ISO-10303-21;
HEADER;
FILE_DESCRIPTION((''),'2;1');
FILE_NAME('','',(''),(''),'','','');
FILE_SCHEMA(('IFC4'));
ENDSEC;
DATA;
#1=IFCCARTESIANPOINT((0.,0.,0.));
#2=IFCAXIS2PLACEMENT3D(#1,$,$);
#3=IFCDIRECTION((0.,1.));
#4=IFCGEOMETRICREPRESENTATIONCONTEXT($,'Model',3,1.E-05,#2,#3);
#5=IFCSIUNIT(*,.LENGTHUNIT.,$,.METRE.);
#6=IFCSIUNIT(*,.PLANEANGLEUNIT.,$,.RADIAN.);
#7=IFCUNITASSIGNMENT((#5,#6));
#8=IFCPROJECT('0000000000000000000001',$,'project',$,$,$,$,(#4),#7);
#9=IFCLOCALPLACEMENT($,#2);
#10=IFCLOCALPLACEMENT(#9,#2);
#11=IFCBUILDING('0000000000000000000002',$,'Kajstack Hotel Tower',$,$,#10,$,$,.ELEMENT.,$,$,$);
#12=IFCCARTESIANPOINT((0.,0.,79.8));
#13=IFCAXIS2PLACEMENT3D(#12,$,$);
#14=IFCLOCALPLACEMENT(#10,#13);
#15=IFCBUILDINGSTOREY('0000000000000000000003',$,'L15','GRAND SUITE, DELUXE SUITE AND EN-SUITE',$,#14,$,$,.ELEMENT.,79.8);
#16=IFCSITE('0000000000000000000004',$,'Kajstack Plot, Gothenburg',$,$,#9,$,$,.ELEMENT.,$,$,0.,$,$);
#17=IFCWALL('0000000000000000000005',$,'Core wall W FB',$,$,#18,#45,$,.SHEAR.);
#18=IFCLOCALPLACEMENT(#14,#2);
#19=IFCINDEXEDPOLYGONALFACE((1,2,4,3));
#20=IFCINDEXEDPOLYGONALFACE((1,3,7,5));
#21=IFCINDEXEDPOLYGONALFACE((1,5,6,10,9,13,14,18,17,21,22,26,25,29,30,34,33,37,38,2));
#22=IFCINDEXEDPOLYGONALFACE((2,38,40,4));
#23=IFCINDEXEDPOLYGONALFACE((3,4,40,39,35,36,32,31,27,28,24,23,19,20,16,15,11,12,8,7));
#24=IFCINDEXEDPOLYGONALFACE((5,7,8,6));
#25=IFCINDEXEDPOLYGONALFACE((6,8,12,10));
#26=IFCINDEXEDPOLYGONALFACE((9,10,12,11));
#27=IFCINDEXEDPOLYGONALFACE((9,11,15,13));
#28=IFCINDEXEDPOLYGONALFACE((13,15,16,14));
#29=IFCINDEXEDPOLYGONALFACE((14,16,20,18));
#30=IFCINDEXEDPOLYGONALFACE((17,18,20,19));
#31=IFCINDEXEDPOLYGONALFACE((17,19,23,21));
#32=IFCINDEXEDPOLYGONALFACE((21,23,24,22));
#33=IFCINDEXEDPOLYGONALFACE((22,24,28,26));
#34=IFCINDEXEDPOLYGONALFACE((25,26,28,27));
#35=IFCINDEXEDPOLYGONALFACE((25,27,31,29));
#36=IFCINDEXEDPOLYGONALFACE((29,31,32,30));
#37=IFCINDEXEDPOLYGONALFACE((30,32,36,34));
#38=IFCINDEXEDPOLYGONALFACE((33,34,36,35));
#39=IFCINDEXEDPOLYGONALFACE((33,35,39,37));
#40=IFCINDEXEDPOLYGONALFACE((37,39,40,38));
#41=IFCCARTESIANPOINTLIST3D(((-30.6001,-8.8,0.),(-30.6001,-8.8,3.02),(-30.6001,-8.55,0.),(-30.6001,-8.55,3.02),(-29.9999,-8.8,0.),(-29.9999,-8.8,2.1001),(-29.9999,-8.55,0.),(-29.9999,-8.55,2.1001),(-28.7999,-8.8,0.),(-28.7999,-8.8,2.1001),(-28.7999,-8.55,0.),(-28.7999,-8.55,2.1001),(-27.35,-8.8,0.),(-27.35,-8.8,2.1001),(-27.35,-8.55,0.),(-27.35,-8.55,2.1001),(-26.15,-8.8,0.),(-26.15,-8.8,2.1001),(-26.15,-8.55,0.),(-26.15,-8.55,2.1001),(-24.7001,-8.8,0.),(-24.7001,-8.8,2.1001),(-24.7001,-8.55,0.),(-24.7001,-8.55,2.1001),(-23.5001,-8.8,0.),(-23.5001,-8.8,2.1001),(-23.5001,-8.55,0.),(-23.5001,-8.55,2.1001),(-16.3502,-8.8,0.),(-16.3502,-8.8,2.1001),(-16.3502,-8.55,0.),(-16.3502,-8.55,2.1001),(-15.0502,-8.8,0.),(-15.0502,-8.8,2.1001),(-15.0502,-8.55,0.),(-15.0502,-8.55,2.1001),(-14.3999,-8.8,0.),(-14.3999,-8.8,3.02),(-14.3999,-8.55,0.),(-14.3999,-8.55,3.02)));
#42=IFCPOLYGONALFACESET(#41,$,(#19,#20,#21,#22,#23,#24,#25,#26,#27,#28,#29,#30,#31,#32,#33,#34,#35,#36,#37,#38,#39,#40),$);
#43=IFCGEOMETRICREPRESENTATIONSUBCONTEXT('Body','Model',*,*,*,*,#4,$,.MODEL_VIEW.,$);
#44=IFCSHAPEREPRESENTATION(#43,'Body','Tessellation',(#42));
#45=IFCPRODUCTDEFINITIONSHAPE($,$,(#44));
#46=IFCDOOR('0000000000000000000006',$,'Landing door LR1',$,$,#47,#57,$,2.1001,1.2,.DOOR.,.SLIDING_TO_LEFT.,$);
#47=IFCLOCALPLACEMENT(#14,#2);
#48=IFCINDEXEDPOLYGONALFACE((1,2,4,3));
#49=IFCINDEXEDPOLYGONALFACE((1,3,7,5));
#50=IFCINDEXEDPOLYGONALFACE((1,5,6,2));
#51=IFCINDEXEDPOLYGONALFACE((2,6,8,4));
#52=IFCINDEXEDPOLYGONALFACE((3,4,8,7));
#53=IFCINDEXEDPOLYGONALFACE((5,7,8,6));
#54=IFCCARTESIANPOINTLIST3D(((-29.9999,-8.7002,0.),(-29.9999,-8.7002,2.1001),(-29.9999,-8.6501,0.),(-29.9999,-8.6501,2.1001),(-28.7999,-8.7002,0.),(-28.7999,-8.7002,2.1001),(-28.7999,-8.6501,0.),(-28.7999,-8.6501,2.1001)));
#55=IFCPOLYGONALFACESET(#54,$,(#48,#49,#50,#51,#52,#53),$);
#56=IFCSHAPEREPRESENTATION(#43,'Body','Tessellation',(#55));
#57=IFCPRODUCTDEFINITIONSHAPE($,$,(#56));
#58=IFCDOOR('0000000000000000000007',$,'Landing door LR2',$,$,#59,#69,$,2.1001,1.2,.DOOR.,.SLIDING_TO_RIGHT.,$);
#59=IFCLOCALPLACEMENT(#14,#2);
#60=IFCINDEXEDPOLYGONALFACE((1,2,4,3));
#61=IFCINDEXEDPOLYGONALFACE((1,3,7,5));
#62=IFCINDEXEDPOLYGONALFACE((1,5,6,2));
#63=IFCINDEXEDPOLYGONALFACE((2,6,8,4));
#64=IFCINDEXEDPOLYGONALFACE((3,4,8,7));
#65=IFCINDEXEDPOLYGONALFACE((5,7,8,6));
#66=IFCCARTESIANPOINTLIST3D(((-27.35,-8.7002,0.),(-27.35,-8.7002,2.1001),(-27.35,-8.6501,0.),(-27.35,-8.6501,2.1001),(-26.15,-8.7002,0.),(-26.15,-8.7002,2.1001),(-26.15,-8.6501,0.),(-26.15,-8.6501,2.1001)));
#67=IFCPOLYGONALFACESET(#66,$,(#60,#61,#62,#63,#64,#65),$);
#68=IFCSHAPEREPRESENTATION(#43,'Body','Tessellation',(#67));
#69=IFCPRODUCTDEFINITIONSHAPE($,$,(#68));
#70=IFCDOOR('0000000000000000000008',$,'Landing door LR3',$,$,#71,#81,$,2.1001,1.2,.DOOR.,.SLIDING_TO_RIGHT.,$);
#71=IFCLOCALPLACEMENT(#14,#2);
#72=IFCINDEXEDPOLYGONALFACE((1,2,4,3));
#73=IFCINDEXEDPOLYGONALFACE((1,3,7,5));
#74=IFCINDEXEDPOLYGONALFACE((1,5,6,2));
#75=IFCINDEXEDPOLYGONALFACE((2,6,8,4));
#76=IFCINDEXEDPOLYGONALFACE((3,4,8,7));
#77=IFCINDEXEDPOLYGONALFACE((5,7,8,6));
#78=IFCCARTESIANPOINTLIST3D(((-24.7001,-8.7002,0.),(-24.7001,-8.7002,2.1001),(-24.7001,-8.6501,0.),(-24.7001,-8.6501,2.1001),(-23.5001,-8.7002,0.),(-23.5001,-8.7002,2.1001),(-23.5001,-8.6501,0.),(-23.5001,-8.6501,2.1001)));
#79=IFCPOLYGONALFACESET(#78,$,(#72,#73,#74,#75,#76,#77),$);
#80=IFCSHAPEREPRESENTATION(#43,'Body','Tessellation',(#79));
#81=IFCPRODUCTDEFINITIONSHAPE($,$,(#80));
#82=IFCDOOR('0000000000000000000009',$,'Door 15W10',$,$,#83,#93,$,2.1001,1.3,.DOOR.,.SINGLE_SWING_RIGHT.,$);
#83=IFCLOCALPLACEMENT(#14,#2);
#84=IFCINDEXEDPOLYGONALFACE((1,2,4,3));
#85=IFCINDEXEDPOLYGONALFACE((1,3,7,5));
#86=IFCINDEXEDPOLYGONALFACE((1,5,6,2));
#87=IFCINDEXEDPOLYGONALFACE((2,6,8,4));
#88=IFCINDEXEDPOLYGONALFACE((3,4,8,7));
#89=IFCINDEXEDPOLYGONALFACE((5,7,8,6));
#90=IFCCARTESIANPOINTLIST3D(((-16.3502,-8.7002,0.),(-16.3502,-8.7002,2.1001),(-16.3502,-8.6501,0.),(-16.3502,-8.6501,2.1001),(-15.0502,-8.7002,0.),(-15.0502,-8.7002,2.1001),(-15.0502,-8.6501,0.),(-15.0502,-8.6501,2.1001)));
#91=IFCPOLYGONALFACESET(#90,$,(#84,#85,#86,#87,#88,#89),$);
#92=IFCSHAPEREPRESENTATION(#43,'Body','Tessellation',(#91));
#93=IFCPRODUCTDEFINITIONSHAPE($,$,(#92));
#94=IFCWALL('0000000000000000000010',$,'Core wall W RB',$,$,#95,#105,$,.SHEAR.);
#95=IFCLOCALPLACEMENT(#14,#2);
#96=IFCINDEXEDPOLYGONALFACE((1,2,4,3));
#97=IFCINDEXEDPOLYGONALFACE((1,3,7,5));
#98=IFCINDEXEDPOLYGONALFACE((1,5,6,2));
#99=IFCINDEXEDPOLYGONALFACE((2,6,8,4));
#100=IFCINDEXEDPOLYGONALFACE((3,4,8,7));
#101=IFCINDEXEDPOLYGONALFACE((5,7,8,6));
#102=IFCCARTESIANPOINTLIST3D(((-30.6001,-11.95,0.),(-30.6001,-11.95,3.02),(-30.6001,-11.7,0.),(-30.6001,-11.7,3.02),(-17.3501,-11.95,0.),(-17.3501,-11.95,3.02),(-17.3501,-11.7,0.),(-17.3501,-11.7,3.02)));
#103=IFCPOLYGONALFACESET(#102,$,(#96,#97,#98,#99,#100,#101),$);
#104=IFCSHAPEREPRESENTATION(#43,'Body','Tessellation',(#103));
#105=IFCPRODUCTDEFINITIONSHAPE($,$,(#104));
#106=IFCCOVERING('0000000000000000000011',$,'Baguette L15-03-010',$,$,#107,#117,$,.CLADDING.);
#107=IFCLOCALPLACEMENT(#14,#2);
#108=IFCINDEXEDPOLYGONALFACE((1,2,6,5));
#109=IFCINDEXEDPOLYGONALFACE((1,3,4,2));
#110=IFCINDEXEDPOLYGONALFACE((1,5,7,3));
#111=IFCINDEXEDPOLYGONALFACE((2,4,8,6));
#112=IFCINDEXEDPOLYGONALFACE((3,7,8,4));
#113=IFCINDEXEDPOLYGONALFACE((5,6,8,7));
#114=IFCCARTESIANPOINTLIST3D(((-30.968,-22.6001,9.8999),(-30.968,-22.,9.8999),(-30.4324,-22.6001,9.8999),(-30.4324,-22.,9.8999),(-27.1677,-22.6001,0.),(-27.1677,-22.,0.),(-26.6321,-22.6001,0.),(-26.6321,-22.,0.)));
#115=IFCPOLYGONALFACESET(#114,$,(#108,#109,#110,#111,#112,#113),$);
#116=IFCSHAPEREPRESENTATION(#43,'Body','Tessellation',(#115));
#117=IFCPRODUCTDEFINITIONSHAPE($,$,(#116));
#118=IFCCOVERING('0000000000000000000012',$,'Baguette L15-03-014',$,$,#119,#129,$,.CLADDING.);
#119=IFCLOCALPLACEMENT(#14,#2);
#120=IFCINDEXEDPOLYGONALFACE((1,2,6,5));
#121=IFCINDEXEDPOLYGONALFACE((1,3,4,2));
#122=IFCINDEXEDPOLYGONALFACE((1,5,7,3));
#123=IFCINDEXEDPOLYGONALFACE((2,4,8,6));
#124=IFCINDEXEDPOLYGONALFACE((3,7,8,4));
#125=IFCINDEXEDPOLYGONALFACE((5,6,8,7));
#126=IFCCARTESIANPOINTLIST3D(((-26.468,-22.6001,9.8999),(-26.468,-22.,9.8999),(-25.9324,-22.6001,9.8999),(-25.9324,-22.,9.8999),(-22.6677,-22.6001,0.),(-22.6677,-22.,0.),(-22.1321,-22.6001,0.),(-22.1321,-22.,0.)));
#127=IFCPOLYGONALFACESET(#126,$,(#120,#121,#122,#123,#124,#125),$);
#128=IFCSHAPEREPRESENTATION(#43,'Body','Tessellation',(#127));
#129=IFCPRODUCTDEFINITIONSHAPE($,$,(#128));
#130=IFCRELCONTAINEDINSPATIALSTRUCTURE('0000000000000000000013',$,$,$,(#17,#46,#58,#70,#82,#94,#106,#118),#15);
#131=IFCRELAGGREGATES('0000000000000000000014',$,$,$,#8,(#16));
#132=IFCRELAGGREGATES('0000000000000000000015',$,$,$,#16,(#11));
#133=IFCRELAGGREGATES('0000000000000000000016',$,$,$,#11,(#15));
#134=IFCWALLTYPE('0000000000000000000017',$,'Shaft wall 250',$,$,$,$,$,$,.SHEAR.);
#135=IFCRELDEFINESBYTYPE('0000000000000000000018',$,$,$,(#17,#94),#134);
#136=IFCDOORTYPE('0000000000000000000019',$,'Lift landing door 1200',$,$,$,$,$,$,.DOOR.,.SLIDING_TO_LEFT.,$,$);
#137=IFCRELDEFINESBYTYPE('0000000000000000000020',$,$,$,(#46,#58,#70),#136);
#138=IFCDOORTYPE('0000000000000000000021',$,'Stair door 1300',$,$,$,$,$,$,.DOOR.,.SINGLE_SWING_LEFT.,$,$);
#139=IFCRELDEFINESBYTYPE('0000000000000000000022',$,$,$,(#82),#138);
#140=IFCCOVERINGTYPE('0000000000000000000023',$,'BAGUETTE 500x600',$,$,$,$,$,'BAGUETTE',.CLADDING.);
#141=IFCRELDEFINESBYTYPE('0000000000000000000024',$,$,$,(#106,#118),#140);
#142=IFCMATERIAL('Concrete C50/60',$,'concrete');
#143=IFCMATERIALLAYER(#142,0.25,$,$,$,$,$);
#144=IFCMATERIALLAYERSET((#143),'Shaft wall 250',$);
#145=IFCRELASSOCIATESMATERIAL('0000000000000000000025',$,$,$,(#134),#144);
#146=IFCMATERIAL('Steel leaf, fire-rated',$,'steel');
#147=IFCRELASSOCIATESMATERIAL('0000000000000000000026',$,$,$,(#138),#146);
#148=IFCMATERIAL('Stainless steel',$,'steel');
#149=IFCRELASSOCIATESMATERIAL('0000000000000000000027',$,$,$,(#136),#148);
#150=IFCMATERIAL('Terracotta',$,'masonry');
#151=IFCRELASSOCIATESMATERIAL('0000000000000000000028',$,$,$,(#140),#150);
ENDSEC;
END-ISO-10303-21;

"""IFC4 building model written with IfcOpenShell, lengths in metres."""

from ifc_helpers import new_model, si_unit, direction, frame, frame_2d, origin, origin_2d, place, context, subcontext, project, spatial, polyline, rectangle, outline, extrude, material, layer, layer_set, material_profile, profile_set, type_object, element, fill, save


model = new_model("IFC4")

# Units and contexts
model_context = context("Model", 3, precision=1e-05, world=origin(), true_north=direction((0.0, 1.0)))
body_context = subcontext(model_context, "Body", "Model", "MODEL_VIEW")
ifc_project = project(units=[si_unit("LENGTHUNIT", "METRE"), si_unit("PLANEANGLEUNIT", "RADIAN")], contexts=[model_context])

# Site, building, storey
site_placement = place(None, origin())
site = spatial("IfcSite", under=ifc_project, at=site_placement, Name="Kajstack Plot, Gothenburg", CompositionType="ELEMENT", RefElevation=0.0)
building_placement = place(site_placement, origin())
building = spatial("IfcBuilding", under=site, at=building_placement, Name="Kajstack Hotel Tower", CompositionType="ELEMENT")
storey_placement = place(building_placement, frame((0.0, 0.0, 79.8)))
storey = spatial("IfcBuildingStorey", under=building, at=storey_placement, Name="L15", Description="GRAND SUITE, DELUXE SUITE AND EN-SUITE", CompositionType="ELEMENT", Elevation=79.8)

# Shared definitions
ifc_material_1 = material(Name="Stainless steel", Category="steel")

# Shared definitions
ifc_material_2 = material(Name="Concrete C50/60", Category="concrete")
ifc_layer_1 = layer(ifc_material_2, 0.25)
ifc_layer_set_1 = layer_set([ifc_layer_1], Name="Shaft wall 250")
wall_type_1 = type_object("IfcWallType", Name="Shaft wall 250", PredefinedType="SHEAR", material=ifc_layer_set_1)
ifc_material_3 = material(Name="Steel leaf, fire-rated", Category="steel")
door_type_1 = type_object("IfcDoorType", Name="Stair door 1300", OperationType="SINGLE_SWING_LEFT", PredefinedType="DOOR", material=ifc_material_3)

# Wall, openings, doors
wall_1_placement = place(storey_placement, frame((-30.6001, -8.675, 0.0), z_axis=(0.0, 0.0, 1.0), x_axis=(1.0, 0.0, 0.0)))
wall_1 = element("IfcWall", 1, at=wall_1_placement, inside=storey, type_object=wall_type_1, Name="Core wall W FB", PredefinedType="SHEAR", context=body_context, shape_type="SweptSolid", body=[
    extrude(rectangle(XDim=16.2002, YDim=0.25, at=frame_2d((8.1001, 0.0))), origin(), (0.0, 0.0, 1.0), 3.02),
])
opening_1_placement = place(wall_1_placement, frame((0.6001, 0.0, 0.0)))
opening_1 = element("IfcOpeningElement", 2, at=opening_1_placement, cuts=wall_1, PredefinedType="OPENING", context=body_context, shape_type="SweptSolid", body=[
    extrude(rectangle(XDim=1.2, YDim=2.1001, at=frame_2d((0.6001, 1.05))), frame((0.0, 0.135, 0.0), z_axis=(0.0, -1.0, 0.0), x_axis=(1.0, 0.0, 0.0)), (0.0, 0.0, 1.0), 0.27),
])
opening_2_placement = place(wall_1_placement, frame((3.25, 0.0, 0.0)))
opening_2 = element("IfcOpeningElement", 3, at=opening_2_placement, cuts=wall_1, PredefinedType="OPENING", context=body_context, shape_type="SweptSolid", body=[
    extrude(rectangle(XDim=1.2, YDim=2.1001, at=frame_2d((0.6001, 1.05))), frame((0.0, 0.135, 0.0), z_axis=(0.0, -1.0, 0.0), x_axis=(1.0, 0.0, 0.0)), (0.0, 0.0, 1.0), 0.27),
])
opening_3_placement = place(wall_1_placement, frame((5.8999, 0.0, 0.0)))
opening_3 = element("IfcOpeningElement", 4, at=opening_3_placement, cuts=wall_1, PredefinedType="OPENING", context=body_context, shape_type="SweptSolid", body=[
    extrude(rectangle(XDim=1.2, YDim=2.1001, at=frame_2d((0.6001, 1.05))), frame((0.0, 0.135, 0.0), z_axis=(0.0, -1.0, 0.0), x_axis=(1.0, 0.0, 0.0)), (0.0, 0.0, 1.0), 0.27),
])
opening_4_placement = place(wall_1_placement, frame((14.25, 0.0, 0.0)))
opening_4 = element("IfcOpeningElement", 5, at=opening_4_placement, cuts=wall_1, PredefinedType="OPENING", context=body_context, shape_type="SweptSolid", body=[
    extrude(rectangle(XDim=1.3, YDim=2.1001, at=frame_2d((0.6499, 1.05))), frame((0.0, 0.135, 0.0), z_axis=(0.0, -1.0, 0.0), x_axis=(1.0, 0.0, 0.0)), (0.0, 0.0, 1.0), 0.27),
])
door_type_2 = type_object("IfcDoorType", Name="Lift landing door 1200", OperationType="SLIDING_TO_LEFT", PredefinedType="DOOR", material=ifc_material_1)
door_1_placement = place(opening_1_placement, origin())
door_1 = element("IfcDoor", 6, at=door_1_placement, inside=storey, type_object=door_type_2, Name="Landing door LR1", OperationType="SLIDING_TO_LEFT", OverallHeight=2.1001, OverallWidth=1.2, PredefinedType="DOOR", context=body_context, shape_type="SweptSolid", body=[
    extrude(rectangle(XDim=1.2, YDim=2.1001, at=frame_2d((0.6001, 1.05))), frame((0.0, 0.0249, 0.0), z_axis=(0.0, -1.0, 0.0), x_axis=(1.0, 0.0, 0.0)), (0.0, 0.0, 1.0), 0.05),
])
fill(opening_1, door_1)
door_2_placement = place(opening_2_placement, origin())
door_2 = element("IfcDoor", 7, at=door_2_placement, inside=storey, type_object=door_type_2, Name="Landing door LR2", OperationType="SLIDING_TO_RIGHT", OverallHeight=2.1001, OverallWidth=1.2, PredefinedType="DOOR", context=body_context, shape_type="SweptSolid", body=[
    extrude(rectangle(XDim=1.2, YDim=2.1001, at=frame_2d((0.6001, 1.05))), frame((0.0, 0.0249, 0.0), z_axis=(0.0, -1.0, 0.0), x_axis=(1.0, 0.0, 0.0)), (0.0, 0.0, 1.0), 0.05),
])
fill(opening_2, door_2)
door_3_placement = place(opening_3_placement, origin())
door_3 = element("IfcDoor", 8, at=door_3_placement, inside=storey, type_object=door_type_2, Name="Landing door LR3", OperationType="SLIDING_TO_RIGHT", OverallHeight=2.1001, OverallWidth=1.2, PredefinedType="DOOR", context=body_context, shape_type="SweptSolid", body=[
    extrude(rectangle(XDim=1.2, YDim=2.1001, at=frame_2d((0.6001, 1.05))), frame((0.0, 0.0249, 0.0), z_axis=(0.0, -1.0, 0.0), x_axis=(1.0, 0.0, 0.0)), (0.0, 0.0, 1.0), 0.05),
])
fill(opening_3, door_3)
door_4_placement = place(opening_4_placement, origin())
door_4 = element("IfcDoor", 9, at=door_4_placement, inside=storey, type_object=door_type_1, Name="Door 15W10", OperationType="SINGLE_SWING_RIGHT", OverallHeight=2.1001, OverallWidth=1.3, PredefinedType="DOOR", context=body_context, shape_type="SweptSolid", body=[
    extrude(rectangle(XDim=1.3, YDim=2.1001, at=frame_2d((0.6499, 1.05))), frame((0.0, 0.0249, 0.0), z_axis=(0.0, -1.0, 0.0), x_axis=(1.0, 0.0, 0.0)), (0.0, 0.0, 1.0), 0.05),
])
fill(opening_4, door_4)

# Wall
wall_2_placement = place(storey_placement, frame((-30.6001, -11.825, 0.0), z_axis=(0.0, 0.0, 1.0), x_axis=(1.0, 0.0, 0.0)))
element("IfcWall", 10, at=wall_2_placement, inside=storey, type_object=wall_type_1, Name="Core wall W RB", PredefinedType="SHEAR", context=body_context, shape_type="SweptSolid", body=[
    extrude(rectangle(XDim=13.25, YDim=0.25, at=frame_2d((6.625, 0.0))), origin(), (0.0, 0.0, 1.0), 3.02),
])

# Coverings
ifc_material_4 = material(Name="Terracotta", Category="masonry")
ifc_material_profile = material_profile(ifc_material_4, rectangle(XDim=0.6001, YDim=0.5, at=origin_2d()), Name="Terracotta-clad concrete baguette 500 x 600")
ifc_profile_set = profile_set([ifc_material_profile], Name="Terracotta")
covering_type = type_object("IfcCoveringType", Name="BAGUETTE 500x600", ElementType="BAGUETTE", PredefinedType="CLADDING", material=ifc_profile_set)
for number, where, z_axis, x_axis, name in (
    (11, (-30.968, -22.0, 0.0), (0.0, -1.0, 0.0), (1.0, 0.0, 0.0), "Baguette L15-03-010"),
    (12, (-26.468, -22.0, 0.0), (0.0, -1.0, 0.0), (1.0, 0.0, 0.0), "Baguette L15-03-014"),
):
    element("IfcCovering", number, at=place(storey_placement, frame(where, z_axis=z_axis, x_axis=x_axis)), inside=storey, type_object=covering_type, Name=name, PredefinedType="CLADDING", context=body_context, shape_type="SweptSolid", body=[
        extrude(outline(polyline([(0.0, 9.8999), (3.8003, 0.0), (4.3359, 0.0), (0.5356, 9.8999), (0.0, 9.8999)])), origin(), (0.0, 0.0, 1.0), 0.6001),
    ])

save(model, "model.ifc")
